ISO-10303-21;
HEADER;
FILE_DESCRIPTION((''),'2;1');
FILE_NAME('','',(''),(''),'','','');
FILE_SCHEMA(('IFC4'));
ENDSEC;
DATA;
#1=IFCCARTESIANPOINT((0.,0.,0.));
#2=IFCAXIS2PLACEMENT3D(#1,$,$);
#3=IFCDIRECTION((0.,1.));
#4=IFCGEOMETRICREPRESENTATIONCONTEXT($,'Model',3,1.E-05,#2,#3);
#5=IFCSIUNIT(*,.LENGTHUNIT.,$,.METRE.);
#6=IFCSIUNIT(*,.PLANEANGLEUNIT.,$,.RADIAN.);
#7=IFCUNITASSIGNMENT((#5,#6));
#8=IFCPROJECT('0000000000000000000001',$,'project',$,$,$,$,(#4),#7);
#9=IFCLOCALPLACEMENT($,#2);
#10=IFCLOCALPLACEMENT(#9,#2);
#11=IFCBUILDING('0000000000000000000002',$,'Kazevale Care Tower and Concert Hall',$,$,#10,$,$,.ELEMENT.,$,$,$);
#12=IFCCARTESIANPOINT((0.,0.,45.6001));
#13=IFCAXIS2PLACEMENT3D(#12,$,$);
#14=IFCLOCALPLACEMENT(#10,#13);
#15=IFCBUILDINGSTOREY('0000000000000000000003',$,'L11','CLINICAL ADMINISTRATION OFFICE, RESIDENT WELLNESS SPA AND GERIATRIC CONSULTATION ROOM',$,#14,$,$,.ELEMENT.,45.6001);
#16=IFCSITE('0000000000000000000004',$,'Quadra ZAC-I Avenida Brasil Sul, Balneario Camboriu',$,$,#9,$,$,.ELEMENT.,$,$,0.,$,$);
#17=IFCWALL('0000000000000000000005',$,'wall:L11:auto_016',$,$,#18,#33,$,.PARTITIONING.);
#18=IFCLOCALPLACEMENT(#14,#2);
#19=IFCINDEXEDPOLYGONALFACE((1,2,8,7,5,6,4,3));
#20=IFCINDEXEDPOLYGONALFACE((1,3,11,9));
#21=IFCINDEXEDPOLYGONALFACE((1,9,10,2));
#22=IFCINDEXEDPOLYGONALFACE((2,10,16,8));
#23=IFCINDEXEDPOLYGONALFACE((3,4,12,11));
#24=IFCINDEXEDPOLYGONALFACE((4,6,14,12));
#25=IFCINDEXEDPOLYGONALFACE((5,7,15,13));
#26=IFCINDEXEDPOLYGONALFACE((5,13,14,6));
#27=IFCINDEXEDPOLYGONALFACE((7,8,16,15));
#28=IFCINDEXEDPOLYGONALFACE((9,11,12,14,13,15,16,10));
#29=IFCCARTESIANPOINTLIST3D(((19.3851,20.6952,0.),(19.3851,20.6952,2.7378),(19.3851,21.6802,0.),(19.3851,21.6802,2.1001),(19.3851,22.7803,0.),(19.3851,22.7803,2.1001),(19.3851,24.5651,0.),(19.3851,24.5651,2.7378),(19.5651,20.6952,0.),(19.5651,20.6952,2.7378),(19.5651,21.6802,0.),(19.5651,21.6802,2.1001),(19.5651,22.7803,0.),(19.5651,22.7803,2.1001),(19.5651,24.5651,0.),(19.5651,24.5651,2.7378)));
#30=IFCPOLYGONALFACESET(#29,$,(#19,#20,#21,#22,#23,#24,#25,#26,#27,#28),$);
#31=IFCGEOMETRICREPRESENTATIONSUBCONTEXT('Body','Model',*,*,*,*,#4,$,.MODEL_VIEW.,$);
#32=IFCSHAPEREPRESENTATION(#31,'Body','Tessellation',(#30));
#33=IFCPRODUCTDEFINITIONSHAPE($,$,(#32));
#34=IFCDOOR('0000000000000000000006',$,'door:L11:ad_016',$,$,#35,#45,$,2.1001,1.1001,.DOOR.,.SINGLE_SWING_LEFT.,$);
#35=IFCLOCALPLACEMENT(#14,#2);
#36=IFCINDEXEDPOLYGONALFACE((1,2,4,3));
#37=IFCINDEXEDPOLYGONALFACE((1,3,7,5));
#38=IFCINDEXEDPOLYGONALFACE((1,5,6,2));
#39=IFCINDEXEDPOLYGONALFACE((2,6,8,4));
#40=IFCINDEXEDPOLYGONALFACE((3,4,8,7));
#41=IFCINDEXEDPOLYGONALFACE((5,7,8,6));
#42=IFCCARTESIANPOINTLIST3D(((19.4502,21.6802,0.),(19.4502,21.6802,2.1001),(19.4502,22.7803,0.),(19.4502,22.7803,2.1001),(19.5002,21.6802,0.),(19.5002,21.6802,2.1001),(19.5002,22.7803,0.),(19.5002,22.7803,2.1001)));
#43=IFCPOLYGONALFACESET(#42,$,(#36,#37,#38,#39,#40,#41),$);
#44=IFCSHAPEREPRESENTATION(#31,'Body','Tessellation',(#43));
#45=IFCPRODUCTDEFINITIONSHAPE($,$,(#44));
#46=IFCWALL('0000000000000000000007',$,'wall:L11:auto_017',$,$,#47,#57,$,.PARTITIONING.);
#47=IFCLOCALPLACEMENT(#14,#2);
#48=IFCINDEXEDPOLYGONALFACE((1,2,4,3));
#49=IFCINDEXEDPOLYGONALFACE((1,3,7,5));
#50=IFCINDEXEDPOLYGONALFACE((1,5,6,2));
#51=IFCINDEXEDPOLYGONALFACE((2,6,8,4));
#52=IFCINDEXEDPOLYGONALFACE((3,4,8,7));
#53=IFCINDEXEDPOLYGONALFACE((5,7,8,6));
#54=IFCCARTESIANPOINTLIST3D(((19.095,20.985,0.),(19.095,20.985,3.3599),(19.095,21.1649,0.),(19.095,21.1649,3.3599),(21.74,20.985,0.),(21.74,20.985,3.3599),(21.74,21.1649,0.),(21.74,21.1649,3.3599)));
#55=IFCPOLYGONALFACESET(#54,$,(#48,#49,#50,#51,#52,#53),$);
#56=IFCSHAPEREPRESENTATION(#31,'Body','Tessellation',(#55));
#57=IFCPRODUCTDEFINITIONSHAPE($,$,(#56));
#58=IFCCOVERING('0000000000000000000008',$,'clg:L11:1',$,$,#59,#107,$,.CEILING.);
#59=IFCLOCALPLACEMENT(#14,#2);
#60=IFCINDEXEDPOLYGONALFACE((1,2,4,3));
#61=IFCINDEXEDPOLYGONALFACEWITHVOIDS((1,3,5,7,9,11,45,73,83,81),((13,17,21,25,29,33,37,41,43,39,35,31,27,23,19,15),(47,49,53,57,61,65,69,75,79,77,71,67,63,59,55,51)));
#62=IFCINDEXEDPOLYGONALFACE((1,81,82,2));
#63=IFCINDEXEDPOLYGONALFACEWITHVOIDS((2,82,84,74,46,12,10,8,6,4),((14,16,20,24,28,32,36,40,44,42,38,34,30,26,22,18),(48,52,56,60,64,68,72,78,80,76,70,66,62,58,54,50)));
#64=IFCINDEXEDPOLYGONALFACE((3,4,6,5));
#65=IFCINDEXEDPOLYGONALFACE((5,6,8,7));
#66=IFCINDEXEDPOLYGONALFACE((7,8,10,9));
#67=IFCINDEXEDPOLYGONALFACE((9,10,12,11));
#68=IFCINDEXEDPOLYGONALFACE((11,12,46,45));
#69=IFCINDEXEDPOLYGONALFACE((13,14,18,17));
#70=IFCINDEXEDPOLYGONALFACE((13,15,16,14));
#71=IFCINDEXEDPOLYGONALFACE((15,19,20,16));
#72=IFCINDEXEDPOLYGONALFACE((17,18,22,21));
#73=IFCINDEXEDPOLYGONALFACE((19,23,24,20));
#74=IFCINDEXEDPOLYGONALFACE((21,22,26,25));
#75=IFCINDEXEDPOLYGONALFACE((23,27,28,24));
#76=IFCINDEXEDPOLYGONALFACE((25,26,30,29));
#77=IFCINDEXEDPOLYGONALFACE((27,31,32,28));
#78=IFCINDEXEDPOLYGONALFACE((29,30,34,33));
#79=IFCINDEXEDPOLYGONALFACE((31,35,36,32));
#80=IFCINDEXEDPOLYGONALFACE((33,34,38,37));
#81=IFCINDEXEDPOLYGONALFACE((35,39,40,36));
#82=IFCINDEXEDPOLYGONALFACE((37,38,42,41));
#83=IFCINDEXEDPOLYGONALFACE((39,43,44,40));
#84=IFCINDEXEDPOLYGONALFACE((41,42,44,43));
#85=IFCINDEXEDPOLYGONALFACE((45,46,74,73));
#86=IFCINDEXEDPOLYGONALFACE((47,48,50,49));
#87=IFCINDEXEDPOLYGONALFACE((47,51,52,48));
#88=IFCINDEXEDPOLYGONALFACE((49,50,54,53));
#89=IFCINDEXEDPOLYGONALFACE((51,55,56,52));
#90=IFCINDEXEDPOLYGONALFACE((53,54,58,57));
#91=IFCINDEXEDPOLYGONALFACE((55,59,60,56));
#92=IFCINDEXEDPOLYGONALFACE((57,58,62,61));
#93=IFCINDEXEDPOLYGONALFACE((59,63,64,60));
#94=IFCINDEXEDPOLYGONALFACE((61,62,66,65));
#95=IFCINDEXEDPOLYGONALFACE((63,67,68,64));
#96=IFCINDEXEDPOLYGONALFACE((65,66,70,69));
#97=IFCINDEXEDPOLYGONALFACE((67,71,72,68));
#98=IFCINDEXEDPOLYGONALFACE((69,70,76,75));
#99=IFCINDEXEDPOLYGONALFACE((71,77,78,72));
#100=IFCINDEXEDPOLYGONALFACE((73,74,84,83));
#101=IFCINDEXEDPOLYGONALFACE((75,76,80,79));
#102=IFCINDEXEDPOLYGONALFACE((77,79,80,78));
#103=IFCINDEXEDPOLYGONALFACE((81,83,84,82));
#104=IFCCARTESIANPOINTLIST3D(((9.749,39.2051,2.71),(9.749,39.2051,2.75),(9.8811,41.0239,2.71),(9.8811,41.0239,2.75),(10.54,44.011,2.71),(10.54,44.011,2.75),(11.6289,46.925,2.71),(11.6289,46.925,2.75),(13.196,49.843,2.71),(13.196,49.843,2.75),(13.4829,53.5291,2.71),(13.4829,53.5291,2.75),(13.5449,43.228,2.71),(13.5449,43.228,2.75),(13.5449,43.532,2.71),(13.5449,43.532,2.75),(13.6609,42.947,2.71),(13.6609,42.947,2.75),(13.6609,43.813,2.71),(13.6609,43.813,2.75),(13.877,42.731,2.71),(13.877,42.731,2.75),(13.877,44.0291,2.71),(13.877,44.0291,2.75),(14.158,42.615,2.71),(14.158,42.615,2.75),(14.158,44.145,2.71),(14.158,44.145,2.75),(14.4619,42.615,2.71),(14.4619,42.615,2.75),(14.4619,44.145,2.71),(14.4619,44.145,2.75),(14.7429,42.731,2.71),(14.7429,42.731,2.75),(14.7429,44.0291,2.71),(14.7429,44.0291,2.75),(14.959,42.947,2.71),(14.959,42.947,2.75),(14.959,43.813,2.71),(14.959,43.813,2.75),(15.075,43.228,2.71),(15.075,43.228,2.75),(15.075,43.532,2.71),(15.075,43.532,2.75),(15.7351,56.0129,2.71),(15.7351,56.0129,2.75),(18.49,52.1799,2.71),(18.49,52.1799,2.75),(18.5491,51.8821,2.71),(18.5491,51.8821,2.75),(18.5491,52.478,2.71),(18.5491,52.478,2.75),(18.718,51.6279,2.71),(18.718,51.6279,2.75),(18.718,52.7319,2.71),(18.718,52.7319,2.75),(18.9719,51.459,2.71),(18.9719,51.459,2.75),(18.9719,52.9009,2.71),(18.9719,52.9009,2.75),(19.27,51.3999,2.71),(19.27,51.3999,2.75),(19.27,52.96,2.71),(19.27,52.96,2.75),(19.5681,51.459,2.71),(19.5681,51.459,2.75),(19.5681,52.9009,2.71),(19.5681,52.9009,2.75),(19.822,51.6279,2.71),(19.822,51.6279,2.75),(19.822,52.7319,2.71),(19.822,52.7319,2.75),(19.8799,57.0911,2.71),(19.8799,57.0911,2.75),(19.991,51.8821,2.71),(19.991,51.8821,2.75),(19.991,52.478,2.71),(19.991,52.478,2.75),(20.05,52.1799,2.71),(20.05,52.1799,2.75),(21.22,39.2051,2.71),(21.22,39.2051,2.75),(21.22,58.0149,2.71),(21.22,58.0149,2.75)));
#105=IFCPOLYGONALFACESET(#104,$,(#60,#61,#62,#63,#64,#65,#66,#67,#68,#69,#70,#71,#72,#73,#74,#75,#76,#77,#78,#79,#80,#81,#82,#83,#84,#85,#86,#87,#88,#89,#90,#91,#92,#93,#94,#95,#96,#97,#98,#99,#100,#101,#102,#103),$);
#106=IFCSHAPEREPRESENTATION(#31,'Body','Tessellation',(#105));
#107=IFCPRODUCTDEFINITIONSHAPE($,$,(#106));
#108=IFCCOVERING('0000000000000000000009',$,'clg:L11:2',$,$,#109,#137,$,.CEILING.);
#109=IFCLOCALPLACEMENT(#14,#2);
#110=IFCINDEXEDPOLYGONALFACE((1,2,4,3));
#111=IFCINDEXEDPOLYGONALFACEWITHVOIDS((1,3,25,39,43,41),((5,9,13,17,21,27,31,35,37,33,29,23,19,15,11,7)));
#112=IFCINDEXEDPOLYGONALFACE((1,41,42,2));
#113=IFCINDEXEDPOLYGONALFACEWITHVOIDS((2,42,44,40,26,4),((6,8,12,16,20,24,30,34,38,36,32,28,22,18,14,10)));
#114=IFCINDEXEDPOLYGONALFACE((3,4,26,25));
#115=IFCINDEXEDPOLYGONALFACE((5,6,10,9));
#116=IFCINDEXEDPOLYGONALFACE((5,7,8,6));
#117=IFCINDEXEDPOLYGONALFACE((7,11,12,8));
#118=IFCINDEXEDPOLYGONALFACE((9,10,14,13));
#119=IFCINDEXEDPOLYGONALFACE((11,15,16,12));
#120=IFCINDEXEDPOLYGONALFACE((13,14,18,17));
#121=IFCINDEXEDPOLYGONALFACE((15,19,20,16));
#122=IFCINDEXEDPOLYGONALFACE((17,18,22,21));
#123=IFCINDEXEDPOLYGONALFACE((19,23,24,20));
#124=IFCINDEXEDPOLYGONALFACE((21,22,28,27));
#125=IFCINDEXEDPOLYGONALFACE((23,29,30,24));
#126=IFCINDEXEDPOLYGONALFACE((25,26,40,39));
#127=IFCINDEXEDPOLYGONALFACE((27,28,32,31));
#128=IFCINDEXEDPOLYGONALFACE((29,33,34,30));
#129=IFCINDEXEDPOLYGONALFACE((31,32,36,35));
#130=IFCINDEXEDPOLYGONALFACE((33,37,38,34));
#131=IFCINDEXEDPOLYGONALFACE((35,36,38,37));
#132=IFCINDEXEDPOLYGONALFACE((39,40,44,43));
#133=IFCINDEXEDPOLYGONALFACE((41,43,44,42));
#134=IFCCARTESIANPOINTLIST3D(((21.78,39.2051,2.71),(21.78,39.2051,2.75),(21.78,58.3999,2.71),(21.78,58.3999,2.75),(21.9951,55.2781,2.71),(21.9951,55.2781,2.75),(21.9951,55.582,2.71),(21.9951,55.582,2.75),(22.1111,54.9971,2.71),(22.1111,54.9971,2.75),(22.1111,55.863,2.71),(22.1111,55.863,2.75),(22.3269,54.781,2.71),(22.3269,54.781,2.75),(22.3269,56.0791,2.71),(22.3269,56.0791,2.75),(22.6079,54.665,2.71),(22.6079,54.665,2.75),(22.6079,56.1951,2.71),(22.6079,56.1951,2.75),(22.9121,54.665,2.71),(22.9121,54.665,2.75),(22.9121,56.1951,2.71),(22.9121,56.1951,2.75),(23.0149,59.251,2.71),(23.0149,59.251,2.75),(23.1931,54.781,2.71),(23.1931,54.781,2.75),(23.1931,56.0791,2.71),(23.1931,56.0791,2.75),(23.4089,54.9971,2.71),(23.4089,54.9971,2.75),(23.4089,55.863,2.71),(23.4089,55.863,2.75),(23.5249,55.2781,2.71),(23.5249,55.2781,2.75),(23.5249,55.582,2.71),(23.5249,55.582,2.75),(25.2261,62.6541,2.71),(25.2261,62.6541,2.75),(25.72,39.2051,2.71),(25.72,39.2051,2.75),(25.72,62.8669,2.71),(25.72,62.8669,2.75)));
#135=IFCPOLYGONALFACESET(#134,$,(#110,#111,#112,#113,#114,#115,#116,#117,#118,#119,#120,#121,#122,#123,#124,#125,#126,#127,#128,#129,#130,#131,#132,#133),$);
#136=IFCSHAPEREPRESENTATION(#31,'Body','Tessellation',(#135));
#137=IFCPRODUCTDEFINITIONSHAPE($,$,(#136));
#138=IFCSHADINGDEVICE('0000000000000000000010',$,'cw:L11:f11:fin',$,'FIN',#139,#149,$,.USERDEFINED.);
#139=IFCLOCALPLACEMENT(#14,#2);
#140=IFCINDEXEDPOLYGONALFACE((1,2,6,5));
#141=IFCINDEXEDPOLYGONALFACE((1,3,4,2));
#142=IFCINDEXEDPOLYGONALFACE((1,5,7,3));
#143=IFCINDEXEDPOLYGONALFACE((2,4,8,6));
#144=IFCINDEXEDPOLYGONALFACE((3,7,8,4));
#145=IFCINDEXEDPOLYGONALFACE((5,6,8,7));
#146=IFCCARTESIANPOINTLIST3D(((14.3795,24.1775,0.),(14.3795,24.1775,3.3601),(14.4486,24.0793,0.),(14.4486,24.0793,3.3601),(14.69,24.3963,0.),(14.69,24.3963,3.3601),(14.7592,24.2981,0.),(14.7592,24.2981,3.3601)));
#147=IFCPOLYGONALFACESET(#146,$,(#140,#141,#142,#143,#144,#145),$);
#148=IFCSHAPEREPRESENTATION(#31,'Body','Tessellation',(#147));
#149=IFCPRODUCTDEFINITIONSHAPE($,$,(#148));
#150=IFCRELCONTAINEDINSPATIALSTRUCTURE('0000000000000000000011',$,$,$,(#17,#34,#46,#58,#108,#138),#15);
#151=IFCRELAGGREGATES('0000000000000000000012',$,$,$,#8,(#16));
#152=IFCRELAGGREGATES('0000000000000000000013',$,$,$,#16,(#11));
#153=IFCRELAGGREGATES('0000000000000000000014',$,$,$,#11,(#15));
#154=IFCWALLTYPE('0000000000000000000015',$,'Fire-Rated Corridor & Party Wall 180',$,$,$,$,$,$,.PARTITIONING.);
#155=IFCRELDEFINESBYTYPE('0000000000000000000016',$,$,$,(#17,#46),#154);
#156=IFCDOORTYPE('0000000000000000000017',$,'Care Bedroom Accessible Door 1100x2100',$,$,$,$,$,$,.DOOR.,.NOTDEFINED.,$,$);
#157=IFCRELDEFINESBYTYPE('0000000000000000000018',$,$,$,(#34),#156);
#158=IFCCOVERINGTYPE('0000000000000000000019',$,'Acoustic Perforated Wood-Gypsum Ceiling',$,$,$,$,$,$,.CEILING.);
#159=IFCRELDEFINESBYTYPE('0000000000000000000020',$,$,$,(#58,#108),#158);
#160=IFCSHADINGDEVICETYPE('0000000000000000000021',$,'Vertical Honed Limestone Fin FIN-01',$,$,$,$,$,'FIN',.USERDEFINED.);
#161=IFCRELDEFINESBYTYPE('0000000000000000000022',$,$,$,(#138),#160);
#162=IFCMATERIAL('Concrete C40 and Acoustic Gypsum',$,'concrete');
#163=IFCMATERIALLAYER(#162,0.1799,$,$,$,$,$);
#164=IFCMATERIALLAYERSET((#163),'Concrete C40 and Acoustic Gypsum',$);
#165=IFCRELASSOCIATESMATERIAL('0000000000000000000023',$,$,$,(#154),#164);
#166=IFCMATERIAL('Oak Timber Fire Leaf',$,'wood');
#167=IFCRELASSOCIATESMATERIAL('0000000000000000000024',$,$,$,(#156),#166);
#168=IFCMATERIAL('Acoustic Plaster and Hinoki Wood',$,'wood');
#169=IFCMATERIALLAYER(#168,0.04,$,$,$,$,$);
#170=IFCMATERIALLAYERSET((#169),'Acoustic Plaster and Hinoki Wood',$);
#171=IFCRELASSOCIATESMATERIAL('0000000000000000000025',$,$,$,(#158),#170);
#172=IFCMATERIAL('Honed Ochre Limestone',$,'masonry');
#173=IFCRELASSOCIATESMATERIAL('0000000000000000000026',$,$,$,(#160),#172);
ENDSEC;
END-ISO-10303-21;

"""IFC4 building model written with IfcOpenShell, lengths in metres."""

from ifc_helpers import new_model, si_unit, direction, frame, frame_2d, origin, origin_2d, place, context, subcontext, project, spatial, polyline, rectangle, outline, extrude, material, layer, layer_set, type_object, element, fill, save


model = new_model("IFC4")

# Units and contexts
model_context = context("Model", 3, precision=1e-05, world=origin(), true_north=direction((0.0, 1.0)))
body_context = subcontext(model_context, "Body", "Model", "MODEL_VIEW")
ifc_project = project(units=[si_unit("LENGTHUNIT", "METRE"), si_unit("PLANEANGLEUNIT", "RADIAN")], contexts=[model_context])

# Site, building, storey
site_placement = place(None, origin())
site = spatial("IfcSite", under=ifc_project, at=site_placement, Name="Quadra ZAC-I Avenida Brasil Sul, Balneario Camboriu", CompositionType="ELEMENT", RefElevation=0.0)
building_placement = place(site_placement, origin())
building = spatial("IfcBuilding", under=site, at=building_placement, Name="Kazevale Care Tower and Concert Hall", CompositionType="ELEMENT")
storey_placement = place(building_placement, frame((0.0, 0.0, 45.6001)))
storey = spatial("IfcBuildingStorey", under=building, at=storey_placement, Name="L11", Description="CLINICAL ADMINISTRATION OFFICE, RESIDENT WELLNESS SPA AND GERIATRIC CONSULTATION ROOM", CompositionType="ELEMENT", Elevation=45.6001)

# Wall, opening, door
ifc_material_1 = material(Name="Concrete C40 and Acoustic Gypsum", Category="concrete")
ifc_layer_1 = layer(ifc_material_1, 0.1799)
ifc_layer_set_1 = layer_set([ifc_layer_1], Name="Concrete C40 and Acoustic Gypsum")
wall_type_1 = type_object("IfcWallType", Name="Fire-Rated Corridor & Party Wall 180", PredefinedType="PARTITIONING", material=ifc_layer_set_1)
wall_1_placement = place(storey_placement, frame((19.4751, 20.6951, 0.0), z_axis=(0.0, 0.0, 1.0), x_axis=(0.0, 1.0, 0.0)))
wall_1 = element("IfcWall", 1, at=wall_1_placement, inside=storey, type_object=wall_type_1, Name="wall:L11:auto_016", PredefinedType="PARTITIONING", context=body_context, shape_type="SweptSolid", body=[
    extrude(rectangle(XDim=3.8699, YDim=0.1799, at=frame_2d((1.9351, 0.0))), origin(), (0.0, 0.0, 1.0), 2.7378),
])
opening_placement = place(wall_1_placement, frame((0.9851, 0.0, 0.0)))
opening = element("IfcOpeningElement", 2, at=opening_placement, cuts=wall_1, PredefinedType="OPENING", context=body_context, shape_type="SweptSolid", body=[
    extrude(rectangle(XDim=1.1001, YDim=2.1001, at=frame_2d((0.55, 1.05))), frame((0.0, 0.0999, 0.0), z_axis=(0.0, -1.0, 0.0), x_axis=(1.0, 0.0, 0.0)), (0.0, 0.0, 1.0), 0.2),
])
ifc_material_2 = material(Name="Oak Timber Fire Leaf", Category="wood")
door_type = type_object("IfcDoorType", Name="Care Bedroom Accessible Door 1100x2100", OperationType="NOTDEFINED", PredefinedType="DOOR", material=ifc_material_2)
door_placement = place(opening_placement, origin())
door = element("IfcDoor", 3, at=door_placement, inside=storey, type_object=door_type, Name="door:L11:ad_016", OperationType="SINGLE_SWING_LEFT", OverallHeight=2.1001, OverallWidth=1.1001, PredefinedType="DOOR", context=body_context, shape_type="SweptSolid", body=[
    extrude(rectangle(XDim=1.1001, YDim=2.1001, at=frame_2d((0.55, 1.05))), frame((0.0, 0.0249, 0.0), z_axis=(0.0, -1.0, 0.0), x_axis=(1.0, 0.0, 0.0)), (0.0, 0.0, 1.0), 0.05),
])
fill(opening, door)

# Wall
wall_2_placement = place(storey_placement, frame((21.74, 21.075, 0.0), z_axis=(0.0, 0.0, 1.0), x_axis=(-1.0, 0.0, 0.0)))
element("IfcWall", 4, at=wall_2_placement, inside=storey, type_object=wall_type_1, Name="wall:L11:auto_017", PredefinedType="PARTITIONING", context=body_context, shape_type="SweptSolid", body=[
    extrude(rectangle(XDim=2.645, YDim=0.1799, at=frame_2d((1.3225, 0.0))), origin(), (0.0, 0.0, 1.0), 3.3599),
])

# Coverings
ifc_material_3 = material(Name="Acoustic Plaster and Hinoki Wood", Category="wood")
ifc_layer_2 = layer(ifc_material_3, 0.04)
ifc_layer_set_2 = layer_set([ifc_layer_2], Name="Acoustic Plaster and Hinoki Wood")
covering_type = type_object("IfcCoveringType", Name="Acoustic Perforated Wood-Gypsum Ceiling", PredefinedType="CEILING", material=ifc_layer_set_2)
covering_1_placement = place(storey_placement, frame((0.0, 0.0, 2.71)))
element("IfcCovering", 5, at=covering_1_placement, inside=storey, type_object=covering_type, Name="clg:L11:1", PredefinedType="CEILING", context=body_context, shape_type="SweptSolid", body=[
    extrude(outline(polyline([(13.196, 49.843), (13.4829, 53.5291), (15.7351, 56.0129), (19.8799, 57.0911), (21.22, 58.0149), (21.22, 39.2051), (9.749, 39.2051), (9.8811, 41.0239), (10.54, 44.011), (11.6289, 46.925), (13.196, 49.843)]), holes=[polyline([(19.991, 52.478), (19.822, 52.7319), (19.5681, 52.9009), (19.27, 52.96), (18.9719, 52.9009), (18.718, 52.7319), (18.5491, 52.478), (18.49, 52.1799), (18.5491, 51.8821), (18.718, 51.6279), (18.9719, 51.459), (19.27, 51.3999), (19.5681, 51.459), (19.822, 51.6279), (19.991, 51.8821), (20.05, 52.1799), (19.991, 52.478)]), polyline([(15.075, 43.532), (14.959, 43.813), (14.7429, 44.0291), (14.4619, 44.145), (14.158, 44.145), (13.877, 44.0291), (13.6609, 43.813), (13.5449, 43.532), (13.5449, 43.228), (13.6609, 42.947), (13.877, 42.731), (14.158, 42.615), (14.4619, 42.615), (14.7429, 42.731), (14.959, 42.947), (15.075, 43.228), (15.075, 43.532)])]), origin(), (0.0, 0.0, 1.0), 0.04),
])
covering_2_placement = place(storey_placement, frame((0.0, 0.0, 2.71)))
element("IfcCovering", 6, at=covering_2_placement, inside=storey, type_object=covering_type, Name="clg:L11:2", PredefinedType="CEILING", context=body_context, shape_type="SweptSolid", body=[
    extrude(outline(polyline([(21.78, 39.2051), (21.78, 58.3999), (23.0149, 59.251), (25.2261, 62.6541), (25.72, 62.8669), (25.72, 39.2051), (21.78, 39.2051)]), holes=[polyline([(23.5249, 55.582), (23.4089, 55.863), (23.1931, 56.0791), (22.9121, 56.1951), (22.6079, 56.1951), (22.3269, 56.0791), (22.1111, 55.863), (21.9951, 55.582), (21.9951, 55.2781), (22.1111, 54.9971), (22.3269, 54.781), (22.6079, 54.665), (22.9121, 54.665), (23.1931, 54.781), (23.4089, 54.9971), (23.5249, 55.2781), (23.5249, 55.582)])]), origin(), (0.0, 0.0, 1.0), 0.04),
])

# Shading device
ifc_material_4 = material(Name="Honed Ochre Limestone", Category="masonry")
shading_device_type = type_object("IfcShadingDeviceType", Name="Vertical Honed Limestone Fin FIN-01", ElementType="FIN", PredefinedType="USERDEFINED", material=ifc_material_4)
shading_device_placement = place(storey_placement, frame((14.5693, 24.2378, 0.0), z_axis=(0.0, 0.0, 1.0), x_axis=(-0.817547, -0.575862, 0.0)))
element("IfcShadingDevice", 7, at=shading_device_placement, inside=storey, type_object=shading_device_type, Name="cw:L11:f11:fin", ObjectType="FIN", PredefinedType="USERDEFINED", context=body_context, shape_type="SweptSolid", body=[
    extrude(rectangle(XDim=0.3799, YDim=0.1201, at=origin_2d()), origin(), (0.0, 0.0, 1.0), 3.3601),
])

save(model, "model.ifc")
